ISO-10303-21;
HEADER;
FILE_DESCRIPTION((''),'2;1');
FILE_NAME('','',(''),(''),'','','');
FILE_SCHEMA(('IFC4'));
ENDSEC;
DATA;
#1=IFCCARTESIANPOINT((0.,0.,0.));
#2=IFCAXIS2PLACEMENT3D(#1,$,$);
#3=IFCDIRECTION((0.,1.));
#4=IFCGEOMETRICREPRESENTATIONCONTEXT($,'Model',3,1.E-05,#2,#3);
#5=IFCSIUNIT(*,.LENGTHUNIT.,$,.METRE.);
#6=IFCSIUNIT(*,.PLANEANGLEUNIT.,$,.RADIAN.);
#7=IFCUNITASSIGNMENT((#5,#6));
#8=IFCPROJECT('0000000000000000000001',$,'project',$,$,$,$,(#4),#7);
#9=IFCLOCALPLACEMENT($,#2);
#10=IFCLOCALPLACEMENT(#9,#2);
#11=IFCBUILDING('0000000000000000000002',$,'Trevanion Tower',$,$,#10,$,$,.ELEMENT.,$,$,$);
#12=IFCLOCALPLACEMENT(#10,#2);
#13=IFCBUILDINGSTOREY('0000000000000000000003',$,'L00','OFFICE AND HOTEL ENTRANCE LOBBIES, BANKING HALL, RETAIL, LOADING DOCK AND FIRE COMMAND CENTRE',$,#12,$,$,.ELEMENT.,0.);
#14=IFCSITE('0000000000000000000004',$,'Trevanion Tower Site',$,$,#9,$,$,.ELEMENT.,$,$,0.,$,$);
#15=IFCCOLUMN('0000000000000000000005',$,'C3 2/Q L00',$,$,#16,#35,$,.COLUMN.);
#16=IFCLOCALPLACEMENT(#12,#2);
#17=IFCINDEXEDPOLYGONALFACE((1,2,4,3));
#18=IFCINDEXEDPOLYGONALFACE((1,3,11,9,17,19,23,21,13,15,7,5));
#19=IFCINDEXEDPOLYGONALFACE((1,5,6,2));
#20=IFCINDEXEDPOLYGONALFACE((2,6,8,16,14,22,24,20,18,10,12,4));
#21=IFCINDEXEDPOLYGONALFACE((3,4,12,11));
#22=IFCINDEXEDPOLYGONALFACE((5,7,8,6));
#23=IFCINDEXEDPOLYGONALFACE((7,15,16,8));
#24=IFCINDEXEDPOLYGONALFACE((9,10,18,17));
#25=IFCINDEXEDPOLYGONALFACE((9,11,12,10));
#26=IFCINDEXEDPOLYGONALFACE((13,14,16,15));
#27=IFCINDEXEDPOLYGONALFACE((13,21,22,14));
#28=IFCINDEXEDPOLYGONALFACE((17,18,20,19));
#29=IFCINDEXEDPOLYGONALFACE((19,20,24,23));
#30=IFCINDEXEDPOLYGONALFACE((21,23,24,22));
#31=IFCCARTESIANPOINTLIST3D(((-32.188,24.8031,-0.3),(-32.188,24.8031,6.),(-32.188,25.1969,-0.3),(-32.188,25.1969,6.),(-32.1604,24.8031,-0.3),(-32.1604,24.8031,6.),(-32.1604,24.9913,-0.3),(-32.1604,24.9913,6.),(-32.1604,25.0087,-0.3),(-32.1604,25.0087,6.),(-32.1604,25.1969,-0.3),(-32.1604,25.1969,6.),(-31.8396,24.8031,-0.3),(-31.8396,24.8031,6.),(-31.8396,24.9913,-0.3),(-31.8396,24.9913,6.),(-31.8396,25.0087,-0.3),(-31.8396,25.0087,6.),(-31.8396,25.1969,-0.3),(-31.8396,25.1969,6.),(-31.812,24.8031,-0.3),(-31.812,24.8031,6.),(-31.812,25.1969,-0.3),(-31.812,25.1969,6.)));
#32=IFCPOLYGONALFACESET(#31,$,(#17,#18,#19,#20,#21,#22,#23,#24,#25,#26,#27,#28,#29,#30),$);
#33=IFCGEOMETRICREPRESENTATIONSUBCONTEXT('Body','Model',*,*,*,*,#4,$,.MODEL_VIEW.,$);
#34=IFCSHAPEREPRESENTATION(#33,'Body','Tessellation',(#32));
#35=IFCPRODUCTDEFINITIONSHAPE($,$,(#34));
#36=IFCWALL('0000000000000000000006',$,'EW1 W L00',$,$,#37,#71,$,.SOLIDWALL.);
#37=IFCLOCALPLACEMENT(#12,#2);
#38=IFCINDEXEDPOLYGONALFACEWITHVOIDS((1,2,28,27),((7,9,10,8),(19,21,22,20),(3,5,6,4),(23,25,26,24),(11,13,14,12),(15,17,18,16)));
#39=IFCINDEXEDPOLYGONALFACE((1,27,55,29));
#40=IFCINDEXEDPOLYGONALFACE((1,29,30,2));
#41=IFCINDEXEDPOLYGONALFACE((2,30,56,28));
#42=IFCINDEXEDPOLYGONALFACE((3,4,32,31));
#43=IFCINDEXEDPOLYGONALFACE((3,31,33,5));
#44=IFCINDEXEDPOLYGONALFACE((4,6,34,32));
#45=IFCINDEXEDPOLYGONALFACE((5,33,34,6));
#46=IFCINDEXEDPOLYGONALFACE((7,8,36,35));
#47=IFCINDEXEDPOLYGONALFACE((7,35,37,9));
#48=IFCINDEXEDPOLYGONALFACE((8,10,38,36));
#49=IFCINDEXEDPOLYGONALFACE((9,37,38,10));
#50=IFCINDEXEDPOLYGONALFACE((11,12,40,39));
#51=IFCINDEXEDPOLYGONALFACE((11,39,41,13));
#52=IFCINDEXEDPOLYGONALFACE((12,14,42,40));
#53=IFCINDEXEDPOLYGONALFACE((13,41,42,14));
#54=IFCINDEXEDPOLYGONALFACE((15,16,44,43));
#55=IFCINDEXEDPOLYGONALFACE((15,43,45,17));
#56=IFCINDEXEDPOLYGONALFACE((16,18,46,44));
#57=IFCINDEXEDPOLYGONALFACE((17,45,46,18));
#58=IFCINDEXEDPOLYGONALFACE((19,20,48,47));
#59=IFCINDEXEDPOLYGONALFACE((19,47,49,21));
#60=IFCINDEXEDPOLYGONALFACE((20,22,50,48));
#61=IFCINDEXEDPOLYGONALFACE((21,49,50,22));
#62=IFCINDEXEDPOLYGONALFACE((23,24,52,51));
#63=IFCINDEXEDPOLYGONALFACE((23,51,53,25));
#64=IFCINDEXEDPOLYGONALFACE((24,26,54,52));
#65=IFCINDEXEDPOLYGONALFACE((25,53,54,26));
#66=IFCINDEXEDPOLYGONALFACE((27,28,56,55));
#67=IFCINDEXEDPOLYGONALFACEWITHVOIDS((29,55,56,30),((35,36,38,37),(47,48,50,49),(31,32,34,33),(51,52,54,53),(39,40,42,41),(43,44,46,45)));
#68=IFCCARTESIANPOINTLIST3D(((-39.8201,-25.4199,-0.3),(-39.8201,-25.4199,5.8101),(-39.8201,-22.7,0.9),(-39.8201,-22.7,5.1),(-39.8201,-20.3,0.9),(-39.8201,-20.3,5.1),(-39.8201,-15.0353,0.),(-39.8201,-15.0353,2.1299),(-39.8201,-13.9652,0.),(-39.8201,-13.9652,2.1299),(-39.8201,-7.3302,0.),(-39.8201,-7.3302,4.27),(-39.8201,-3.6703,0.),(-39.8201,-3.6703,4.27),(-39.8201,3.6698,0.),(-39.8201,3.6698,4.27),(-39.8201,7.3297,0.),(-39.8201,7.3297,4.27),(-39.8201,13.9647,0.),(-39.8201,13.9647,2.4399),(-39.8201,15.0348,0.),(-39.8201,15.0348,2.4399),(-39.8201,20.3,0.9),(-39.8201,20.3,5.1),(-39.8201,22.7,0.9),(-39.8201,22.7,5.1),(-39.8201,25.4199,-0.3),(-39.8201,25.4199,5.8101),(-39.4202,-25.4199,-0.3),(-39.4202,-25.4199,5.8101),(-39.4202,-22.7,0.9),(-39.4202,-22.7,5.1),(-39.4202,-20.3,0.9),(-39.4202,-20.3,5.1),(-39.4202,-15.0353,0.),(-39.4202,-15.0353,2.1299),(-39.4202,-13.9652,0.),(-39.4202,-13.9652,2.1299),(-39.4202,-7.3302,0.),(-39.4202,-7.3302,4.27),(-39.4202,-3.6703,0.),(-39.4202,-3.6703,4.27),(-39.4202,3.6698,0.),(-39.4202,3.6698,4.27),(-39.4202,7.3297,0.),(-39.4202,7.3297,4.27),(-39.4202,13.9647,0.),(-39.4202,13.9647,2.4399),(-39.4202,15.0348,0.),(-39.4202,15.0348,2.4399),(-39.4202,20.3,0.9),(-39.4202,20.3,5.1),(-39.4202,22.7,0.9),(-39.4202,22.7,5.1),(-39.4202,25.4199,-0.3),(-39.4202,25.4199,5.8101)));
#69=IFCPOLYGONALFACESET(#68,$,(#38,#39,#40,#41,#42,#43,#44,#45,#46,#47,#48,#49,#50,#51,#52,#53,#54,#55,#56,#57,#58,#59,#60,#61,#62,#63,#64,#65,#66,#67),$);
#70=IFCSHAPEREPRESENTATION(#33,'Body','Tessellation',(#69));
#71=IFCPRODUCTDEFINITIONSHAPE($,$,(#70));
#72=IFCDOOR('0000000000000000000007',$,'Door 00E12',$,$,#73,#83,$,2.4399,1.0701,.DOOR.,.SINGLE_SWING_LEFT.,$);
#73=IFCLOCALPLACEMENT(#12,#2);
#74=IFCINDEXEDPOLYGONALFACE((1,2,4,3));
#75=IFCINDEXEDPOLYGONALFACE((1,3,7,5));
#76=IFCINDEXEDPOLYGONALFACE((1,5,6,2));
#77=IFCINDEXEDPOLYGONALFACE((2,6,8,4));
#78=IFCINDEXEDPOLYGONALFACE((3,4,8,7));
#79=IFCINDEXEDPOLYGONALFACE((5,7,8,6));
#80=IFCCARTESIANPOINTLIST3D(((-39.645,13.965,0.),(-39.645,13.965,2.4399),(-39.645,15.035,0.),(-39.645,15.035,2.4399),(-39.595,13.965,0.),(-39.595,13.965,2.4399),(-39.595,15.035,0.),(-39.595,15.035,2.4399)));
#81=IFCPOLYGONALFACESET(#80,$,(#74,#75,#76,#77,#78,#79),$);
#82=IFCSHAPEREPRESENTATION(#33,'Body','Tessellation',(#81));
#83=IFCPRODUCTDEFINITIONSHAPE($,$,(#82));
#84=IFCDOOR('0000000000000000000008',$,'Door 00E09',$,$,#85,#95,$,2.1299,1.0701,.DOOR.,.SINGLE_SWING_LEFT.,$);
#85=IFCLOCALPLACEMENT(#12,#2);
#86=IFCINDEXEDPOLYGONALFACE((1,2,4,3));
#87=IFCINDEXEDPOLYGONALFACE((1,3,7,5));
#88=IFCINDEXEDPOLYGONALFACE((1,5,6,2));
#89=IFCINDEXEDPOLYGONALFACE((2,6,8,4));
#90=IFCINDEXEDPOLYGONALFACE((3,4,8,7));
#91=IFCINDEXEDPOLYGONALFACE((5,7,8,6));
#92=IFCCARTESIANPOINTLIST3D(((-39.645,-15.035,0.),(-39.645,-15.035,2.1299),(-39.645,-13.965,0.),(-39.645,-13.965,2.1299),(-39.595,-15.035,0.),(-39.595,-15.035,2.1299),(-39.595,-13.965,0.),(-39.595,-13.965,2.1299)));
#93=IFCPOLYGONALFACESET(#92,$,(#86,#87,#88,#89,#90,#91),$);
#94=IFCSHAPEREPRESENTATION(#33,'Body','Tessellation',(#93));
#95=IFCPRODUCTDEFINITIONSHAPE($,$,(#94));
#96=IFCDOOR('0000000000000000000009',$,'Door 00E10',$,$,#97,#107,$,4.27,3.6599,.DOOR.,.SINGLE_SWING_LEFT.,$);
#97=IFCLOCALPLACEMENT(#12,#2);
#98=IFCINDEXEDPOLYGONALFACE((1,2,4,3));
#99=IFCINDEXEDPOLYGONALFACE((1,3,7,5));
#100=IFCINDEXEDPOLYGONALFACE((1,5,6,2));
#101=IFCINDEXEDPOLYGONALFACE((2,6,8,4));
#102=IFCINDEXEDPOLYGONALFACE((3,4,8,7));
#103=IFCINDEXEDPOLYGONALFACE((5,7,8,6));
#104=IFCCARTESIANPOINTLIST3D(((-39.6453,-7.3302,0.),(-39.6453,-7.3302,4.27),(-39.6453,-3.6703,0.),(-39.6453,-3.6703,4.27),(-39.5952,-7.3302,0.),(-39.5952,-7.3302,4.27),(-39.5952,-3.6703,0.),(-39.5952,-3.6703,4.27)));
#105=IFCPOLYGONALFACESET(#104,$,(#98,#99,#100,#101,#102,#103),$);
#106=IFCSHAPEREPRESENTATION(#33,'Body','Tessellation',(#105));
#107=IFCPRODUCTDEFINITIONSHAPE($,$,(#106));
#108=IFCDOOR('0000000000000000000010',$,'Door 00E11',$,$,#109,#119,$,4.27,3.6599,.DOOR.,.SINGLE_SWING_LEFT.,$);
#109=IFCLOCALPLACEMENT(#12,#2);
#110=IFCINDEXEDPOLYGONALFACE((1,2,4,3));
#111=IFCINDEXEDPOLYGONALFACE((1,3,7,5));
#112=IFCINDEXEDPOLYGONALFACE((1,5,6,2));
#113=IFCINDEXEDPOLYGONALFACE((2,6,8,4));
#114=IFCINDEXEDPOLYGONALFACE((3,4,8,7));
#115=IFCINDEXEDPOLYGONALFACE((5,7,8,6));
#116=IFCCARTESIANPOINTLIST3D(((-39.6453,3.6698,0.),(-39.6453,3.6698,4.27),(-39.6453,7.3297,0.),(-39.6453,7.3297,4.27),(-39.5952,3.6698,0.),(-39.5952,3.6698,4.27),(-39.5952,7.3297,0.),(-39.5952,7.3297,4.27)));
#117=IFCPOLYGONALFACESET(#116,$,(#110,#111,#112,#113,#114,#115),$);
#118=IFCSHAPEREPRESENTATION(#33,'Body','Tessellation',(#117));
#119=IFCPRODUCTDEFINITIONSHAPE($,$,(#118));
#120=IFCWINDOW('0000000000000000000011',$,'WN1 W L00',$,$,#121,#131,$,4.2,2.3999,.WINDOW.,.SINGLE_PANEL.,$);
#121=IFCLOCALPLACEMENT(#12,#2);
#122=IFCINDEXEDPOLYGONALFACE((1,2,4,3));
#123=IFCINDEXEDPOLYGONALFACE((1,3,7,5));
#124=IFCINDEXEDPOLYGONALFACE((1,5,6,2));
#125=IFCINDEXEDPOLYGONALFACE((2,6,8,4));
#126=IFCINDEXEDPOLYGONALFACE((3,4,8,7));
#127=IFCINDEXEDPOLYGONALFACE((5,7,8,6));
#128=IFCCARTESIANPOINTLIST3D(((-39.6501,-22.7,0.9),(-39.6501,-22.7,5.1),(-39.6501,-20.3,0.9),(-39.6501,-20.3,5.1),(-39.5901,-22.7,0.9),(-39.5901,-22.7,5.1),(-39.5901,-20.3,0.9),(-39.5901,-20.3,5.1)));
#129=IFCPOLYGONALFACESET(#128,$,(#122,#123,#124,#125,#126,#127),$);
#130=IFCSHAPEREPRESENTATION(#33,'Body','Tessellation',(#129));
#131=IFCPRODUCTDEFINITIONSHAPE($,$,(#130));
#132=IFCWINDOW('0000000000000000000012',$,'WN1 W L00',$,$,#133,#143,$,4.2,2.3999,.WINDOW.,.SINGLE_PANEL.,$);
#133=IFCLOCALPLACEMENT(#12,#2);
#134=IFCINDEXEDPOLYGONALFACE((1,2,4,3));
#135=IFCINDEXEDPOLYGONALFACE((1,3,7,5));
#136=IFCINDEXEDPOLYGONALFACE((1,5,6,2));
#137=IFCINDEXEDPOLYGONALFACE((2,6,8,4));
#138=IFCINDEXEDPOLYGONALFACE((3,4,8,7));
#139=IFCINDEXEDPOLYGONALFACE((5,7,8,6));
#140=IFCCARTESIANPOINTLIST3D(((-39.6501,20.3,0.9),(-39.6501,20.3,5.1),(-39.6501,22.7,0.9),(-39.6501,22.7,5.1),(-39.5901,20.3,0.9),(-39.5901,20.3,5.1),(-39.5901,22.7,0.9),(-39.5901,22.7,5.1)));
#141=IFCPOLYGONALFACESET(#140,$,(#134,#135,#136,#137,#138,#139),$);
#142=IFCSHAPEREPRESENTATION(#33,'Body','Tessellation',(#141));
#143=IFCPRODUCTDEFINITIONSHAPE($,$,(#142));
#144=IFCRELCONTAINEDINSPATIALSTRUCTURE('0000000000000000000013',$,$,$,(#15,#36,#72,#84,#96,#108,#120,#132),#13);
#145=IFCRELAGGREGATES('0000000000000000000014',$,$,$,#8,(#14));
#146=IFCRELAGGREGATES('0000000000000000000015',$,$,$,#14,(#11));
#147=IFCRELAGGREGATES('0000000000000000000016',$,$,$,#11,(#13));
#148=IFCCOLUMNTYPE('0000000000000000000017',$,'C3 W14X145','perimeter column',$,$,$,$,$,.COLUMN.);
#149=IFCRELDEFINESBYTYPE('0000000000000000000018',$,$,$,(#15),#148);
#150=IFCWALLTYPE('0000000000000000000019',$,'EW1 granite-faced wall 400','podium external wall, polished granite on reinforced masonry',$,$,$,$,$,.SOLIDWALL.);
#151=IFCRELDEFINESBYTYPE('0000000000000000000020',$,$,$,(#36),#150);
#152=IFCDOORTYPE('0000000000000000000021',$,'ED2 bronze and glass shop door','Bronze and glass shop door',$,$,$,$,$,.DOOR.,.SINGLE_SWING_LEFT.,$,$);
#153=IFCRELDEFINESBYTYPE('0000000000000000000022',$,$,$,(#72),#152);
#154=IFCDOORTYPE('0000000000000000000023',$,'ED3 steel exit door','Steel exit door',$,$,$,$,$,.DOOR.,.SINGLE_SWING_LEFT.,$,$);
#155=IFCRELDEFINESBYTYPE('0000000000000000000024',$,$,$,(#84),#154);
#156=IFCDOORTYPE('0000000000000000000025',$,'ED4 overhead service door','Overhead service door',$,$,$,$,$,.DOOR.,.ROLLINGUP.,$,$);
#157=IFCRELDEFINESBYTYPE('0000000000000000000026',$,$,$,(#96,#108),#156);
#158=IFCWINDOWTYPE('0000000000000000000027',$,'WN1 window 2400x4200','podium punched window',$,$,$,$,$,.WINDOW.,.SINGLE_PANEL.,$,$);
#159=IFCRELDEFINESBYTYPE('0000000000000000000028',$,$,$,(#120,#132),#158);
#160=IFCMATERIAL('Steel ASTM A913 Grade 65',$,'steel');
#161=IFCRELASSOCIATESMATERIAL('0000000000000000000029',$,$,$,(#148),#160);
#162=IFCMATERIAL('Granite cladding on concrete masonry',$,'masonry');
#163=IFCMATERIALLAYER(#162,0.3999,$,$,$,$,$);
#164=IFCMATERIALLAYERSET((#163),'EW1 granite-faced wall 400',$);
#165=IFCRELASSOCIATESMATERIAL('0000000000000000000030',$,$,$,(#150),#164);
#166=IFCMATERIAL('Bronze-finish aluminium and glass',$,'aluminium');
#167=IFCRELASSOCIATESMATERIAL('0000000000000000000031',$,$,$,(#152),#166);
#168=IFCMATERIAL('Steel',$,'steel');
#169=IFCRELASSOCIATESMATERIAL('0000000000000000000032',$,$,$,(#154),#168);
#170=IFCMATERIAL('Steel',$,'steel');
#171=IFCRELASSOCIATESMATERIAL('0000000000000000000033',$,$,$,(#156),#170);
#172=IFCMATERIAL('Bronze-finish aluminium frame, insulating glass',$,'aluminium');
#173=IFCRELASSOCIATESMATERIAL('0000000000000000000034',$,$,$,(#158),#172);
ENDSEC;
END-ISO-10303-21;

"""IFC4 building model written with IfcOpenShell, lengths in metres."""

from ifc_helpers import new_model, si_unit, direction, frame, frame_2d, origin, origin_2d, place, context, subcontext, project, spatial, rectangle, i_section, extrude, material, layer, layer_set, material_profile, profile_set, type_object, element, fill, save


model = new_model("IFC4")

# Units and contexts
model_context = context("Model", 3, precision=1e-05, world=origin(), true_north=direction((0.0, 1.0)))
body_context = subcontext(model_context, "Body", "Model", "MODEL_VIEW")
ifc_project = project(units=[si_unit("LENGTHUNIT", "METRE"), si_unit("PLANEANGLEUNIT", "RADIAN")], contexts=[model_context])

# Site, building, storey
site_placement = place(None, origin())
site = spatial("IfcSite", under=ifc_project, at=site_placement, Name="Trevanion Tower Site", CompositionType="ELEMENT", RefElevation=0.0)
building_placement = place(site_placement, origin())
building = spatial("IfcBuilding", under=site, at=building_placement, Name="Trevanion Tower", CompositionType="ELEMENT")
storey_placement = place(building_placement, origin())
storey = spatial("IfcBuildingStorey", under=building, at=storey_placement, Name="L00", Description="OFFICE AND HOTEL ENTRANCE LOBBIES, BANKING HALL, RETAIL, LOADING DOCK AND FIRE COMMAND CENTRE", CompositionType="ELEMENT", Elevation=0.0)

# Column
ifc_material_1 = material(Name="Steel ASTM A913 Grade 65", Category="steel")
ifc_material_profile_1 = material_profile(ifc_material_1, i_section(OverallWidth=0.3938, OverallDepth=0.376, WebThickness=0.0173, FlangeThickness=0.0276, at=origin_2d()), Name="W14X145")
ifc_profile_set_1 = profile_set([ifc_material_profile_1], Name="Steel ASTM A913 Grade 65")
column_type = type_object("IfcColumnType", Name="C3 W14X145", Description="perimeter column", PredefinedType="COLUMN", material=ifc_profile_set_1)
for number, where, z_axis, x_axis, name in (
    (1, (-32.0, 25.0, -0.3), (0.0, 0.0, 1.0), (0.0, 1.0, 0.0), "C3 2/Q L00"),
):
    element("IfcColumn", number, at=place(storey_placement, frame(where, z_axis=z_axis, x_axis=x_axis)), inside=storey, type_object=column_type, Name=name, PredefinedType="COLUMN", context=body_context, shape_type="SweptSolid", body=[
        extrude(i_section(OverallWidth=0.3938, OverallDepth=0.376, WebThickness=0.0173, FlangeThickness=0.0276, at=origin_2d()), origin(), (0.0, 0.0, 1.0), 6.3),
    ])

# Wall, openings, doors, windows
ifc_material_2 = material(Name="Granite cladding on concrete masonry", Category="masonry")
ifc_layer = layer(ifc_material_2, 0.3999)
ifc_layer_set = layer_set([ifc_layer], Name="EW1 granite-faced wall 400")
wall_type = type_object("IfcWallType", Name="EW1 granite-faced wall 400", Description="podium external wall, polished granite on reinforced masonry", PredefinedType="SOLIDWALL", material=ifc_layer_set)
wall_placement = place(storey_placement, frame((-39.6201, 25.4199, -0.3), z_axis=(0.0, 0.0, 1.0), x_axis=(0.0, -1.0, 0.0)))
wall = element("IfcWall", 2, at=wall_placement, inside=storey, type_object=wall_type, Name="EW1 W L00", PredefinedType="SOLIDWALL", context=body_context, shape_type="SweptSolid", body=[
    extrude(rectangle(XDim=50.8398, YDim=0.3999, at=frame_2d((25.4199, 0.0))), origin(), (0.0, 0.0, 1.0), 6.1101),
])
opening_1_placement = place(wall_placement, frame((45.72, 0.0, 1.2)))
opening_1 = element("IfcOpeningElement", 3, at=opening_1_placement, cuts=wall, PredefinedType="OPENING", context=body_context, shape_type="SweptSolid", body=[
    extrude(rectangle(XDim=2.3999, YDim=4.2, at=frame_2d((1.2, 2.1001))), frame((0.0, 0.21, 0.0), z_axis=(0.0, -1.0, 0.0), x_axis=(1.0, 0.0, 0.0)), (0.0, 0.0, 1.0), 0.4199),
])
opening_2_placement = place(wall_placement, frame((39.385, 0.0, 0.3)))
opening_2 = element("IfcOpeningElement", 4, at=opening_2_placement, cuts=wall, PredefinedType="OPENING", context=body_context, shape_type="SweptSolid", body=[
    extrude(rectangle(XDim=1.0701, YDim=2.1299, at=frame_2d((0.5352, 1.0649))), frame((0.0, 0.21, 0.0), z_axis=(0.0, -1.0, 0.0), x_axis=(1.0, 0.0, 0.0)), (0.0, 0.0, 1.0), 0.4199),
])
opening_3_placement = place(wall_placement, frame((29.0901, 0.0, 0.3)))
opening_3 = element("IfcOpeningElement", 5, at=opening_3_placement, cuts=wall, PredefinedType="OPENING", context=body_context, shape_type="SweptSolid", body=[
    extrude(rectangle(XDim=3.6599, YDim=4.27, at=frame_2d((1.8301, 2.135))), frame((0.0, 0.21, 0.0), z_axis=(0.0, -1.0, 0.0), x_axis=(1.0, 0.0, 0.0)), (0.0, 0.0, 1.0), 0.4199),
])
opening_4_placement = place(wall_placement, frame((18.0901, 0.0, 0.3)))
opening_4 = element("IfcOpeningElement", 6, at=opening_4_placement, cuts=wall, PredefinedType="OPENING", context=body_context, shape_type="SweptSolid", body=[
    extrude(rectangle(XDim=3.6599, YDim=4.27, at=frame_2d((1.8301, 2.135))), frame((0.0, 0.21, 0.0), z_axis=(0.0, -1.0, 0.0), x_axis=(1.0, 0.0, 0.0)), (0.0, 0.0, 1.0), 0.4199),
])
opening_5_placement = place(wall_placement, frame((10.385, 0.0, 0.3)))
opening_5 = element("IfcOpeningElement", 7, at=opening_5_placement, cuts=wall, PredefinedType="OPENING", context=body_context, shape_type="SweptSolid", body=[
    extrude(rectangle(XDim=1.0701, YDim=2.4399, at=frame_2d((0.5352, 1.22))), frame((0.0, 0.21, 0.0), z_axis=(0.0, -1.0, 0.0), x_axis=(1.0, 0.0, 0.0)), (0.0, 0.0, 1.0), 0.4199),
])
opening_6_placement = place(wall_placement, frame((2.72, 0.0, 1.2)))
opening_6 = element("IfcOpeningElement", 8, at=opening_6_placement, cuts=wall, PredefinedType="OPENING", context=body_context, shape_type="SweptSolid", body=[
    extrude(rectangle(XDim=2.3999, YDim=4.2, at=frame_2d((1.2, 2.1001))), frame((0.0, 0.21, 0.0), z_axis=(0.0, -1.0, 0.0), x_axis=(1.0, 0.0, 0.0)), (0.0, 0.0, 1.0), 0.4199),
])
ifc_material_3 = material(Name="Bronze-finish aluminium and glass", Category="aluminium")
door_type_1 = type_object("IfcDoorType", Name="ED2 bronze and glass shop door", Description="Bronze and glass shop door", OperationType="SINGLE_SWING_LEFT", PredefinedType="DOOR", material=ifc_material_3)
door_1_placement = place(opening_5_placement, frame((1.0701, 0.0, 0.0), z_axis=(0.0, 0.0, 1.0), x_axis=(-1.0, 0.0, 0.0)))
door_1 = element("IfcDoor", 9, at=door_1_placement, inside=storey, type_object=door_type_1, Name="Door 00E12", OperationType="SINGLE_SWING_LEFT", OverallHeight=2.4399, OverallWidth=1.0701, PredefinedType="DOOR", context=body_context, shape_type="SweptSolid", body=[
    extrude(rectangle(XDim=1.0701, YDim=2.4399, at=frame_2d((0.5352, 1.22))), frame((0.0, 0.0249, 0.0), z_axis=(0.0, -1.0, 0.0), x_axis=(1.0, 0.0, 0.0)), (0.0, 0.0, 1.0), 0.05),
])
fill(opening_5, door_1)
ifc_material_4 = material(Name="Steel", Category="steel")
door_type_2 = type_object("IfcDoorType", Name="ED3 steel exit door", Description="Steel exit door", OperationType="SINGLE_SWING_LEFT", PredefinedType="DOOR", material=ifc_material_4)
door_2_placement = place(opening_2_placement, frame((1.0701, 0.0, 0.0), z_axis=(0.0, 0.0, 1.0), x_axis=(-1.0, 0.0, 0.0)))
door_2 = element("IfcDoor", 10, at=door_2_placement, inside=storey, type_object=door_type_2, Name="Door 00E09", OperationType="SINGLE_SWING_LEFT", OverallHeight=2.1299, OverallWidth=1.0701, PredefinedType="DOOR", context=body_context, shape_type="SweptSolid", body=[
    extrude(rectangle(XDim=1.0701, YDim=2.1299, at=frame_2d((0.5352, 1.0649))), frame((0.0, 0.0249, 0.0), z_axis=(0.0, -1.0, 0.0), x_axis=(1.0, 0.0, 0.0)), (0.0, 0.0, 1.0), 0.05),
])
fill(opening_2, door_2)
ifc_material_5 = material(Name="Steel", Category="steel")
door_type_3 = type_object("IfcDoorType", Name="ED4 overhead service door", Description="Overhead service door", OperationType="ROLLINGUP", PredefinedType="DOOR", material=ifc_material_5)
door_3_placement = place(opening_3_placement, origin())
door_3 = element("IfcDoor", 11, at=door_3_placement, inside=storey, type_object=door_type_3, Name="Door 00E10", OperationType="SINGLE_SWING_LEFT", OverallHeight=4.27, OverallWidth=3.6599, PredefinedType="DOOR", context=body_context, shape_type="SweptSolid", body=[
    extrude(rectangle(XDim=3.6599, YDim=4.27, at=frame_2d((1.8301, 2.135))), frame((0.0, 0.0249, 0.0), z_axis=(0.0, -1.0, 0.0), x_axis=(1.0, 0.0, 0.0)), (0.0, 0.0, 1.0), 0.05),
])
fill(opening_3, door_3)
door_4_placement = place(opening_4_placement, origin())
door_4 = element("IfcDoor", 12, at=door_4_placement, inside=storey, type_object=door_type_3, Name="Door 00E11", OperationType="SINGLE_SWING_LEFT", OverallHeight=4.27, OverallWidth=3.6599, PredefinedType="DOOR", context=body_context, shape_type="SweptSolid", body=[
    extrude(rectangle(XDim=3.6599, YDim=4.27, at=frame_2d((1.8301, 2.135))), frame((0.0, 0.0249, 0.0), z_axis=(0.0, -1.0, 0.0), x_axis=(1.0, 0.0, 0.0)), (0.0, 0.0, 1.0), 0.05),
])
fill(opening_4, door_4)
ifc_material_6 = material(Name="Bronze-finish aluminium frame, insulating glass", Category="aluminium")
window_type = type_object("IfcWindowType", Name="WN1 window 2400x4200", Description="podium punched window", PartitioningType="SINGLE_PANEL", PredefinedType="WINDOW", material=ifc_material_6)
window_1_placement = place(opening_1_placement, origin())
window_1 = element("IfcWindow", 13, at=window_1_placement, inside=storey, type_object=window_type, Name="WN1 W L00", OverallHeight=4.2, OverallWidth=2.3999, PartitioningType="SINGLE_PANEL", PredefinedType="WINDOW", context=body_context, shape_type="SweptSolid", body=[
    extrude(rectangle(XDim=2.3999, YDim=4.2, at=frame_2d((1.2, 2.1001))), frame((0.0, 0.03, 0.0), z_axis=(0.0, -1.0, 0.0), x_axis=(1.0, 0.0, 0.0)), (0.0, 0.0, 1.0), 0.0601),
])
fill(opening_1, window_1)
window_2_placement = place(opening_6_placement, origin())
window_2 = element("IfcWindow", 14, at=window_2_placement, inside=storey, type_object=window_type, Name="WN1 W L00", OverallHeight=4.2, OverallWidth=2.3999, PartitioningType="SINGLE_PANEL", PredefinedType="WINDOW", context=body_context, shape_type="SweptSolid", body=[
    extrude(rectangle(XDim=2.3999, YDim=4.2, at=frame_2d((1.2, 2.1001))), frame((0.0, 0.03, 0.0), z_axis=(0.0, -1.0, 0.0), x_axis=(1.0, 0.0, 0.0)), (0.0, 0.0, 1.0), 0.0601),
])
fill(opening_6, window_2)

save(model, "model.ifc")
